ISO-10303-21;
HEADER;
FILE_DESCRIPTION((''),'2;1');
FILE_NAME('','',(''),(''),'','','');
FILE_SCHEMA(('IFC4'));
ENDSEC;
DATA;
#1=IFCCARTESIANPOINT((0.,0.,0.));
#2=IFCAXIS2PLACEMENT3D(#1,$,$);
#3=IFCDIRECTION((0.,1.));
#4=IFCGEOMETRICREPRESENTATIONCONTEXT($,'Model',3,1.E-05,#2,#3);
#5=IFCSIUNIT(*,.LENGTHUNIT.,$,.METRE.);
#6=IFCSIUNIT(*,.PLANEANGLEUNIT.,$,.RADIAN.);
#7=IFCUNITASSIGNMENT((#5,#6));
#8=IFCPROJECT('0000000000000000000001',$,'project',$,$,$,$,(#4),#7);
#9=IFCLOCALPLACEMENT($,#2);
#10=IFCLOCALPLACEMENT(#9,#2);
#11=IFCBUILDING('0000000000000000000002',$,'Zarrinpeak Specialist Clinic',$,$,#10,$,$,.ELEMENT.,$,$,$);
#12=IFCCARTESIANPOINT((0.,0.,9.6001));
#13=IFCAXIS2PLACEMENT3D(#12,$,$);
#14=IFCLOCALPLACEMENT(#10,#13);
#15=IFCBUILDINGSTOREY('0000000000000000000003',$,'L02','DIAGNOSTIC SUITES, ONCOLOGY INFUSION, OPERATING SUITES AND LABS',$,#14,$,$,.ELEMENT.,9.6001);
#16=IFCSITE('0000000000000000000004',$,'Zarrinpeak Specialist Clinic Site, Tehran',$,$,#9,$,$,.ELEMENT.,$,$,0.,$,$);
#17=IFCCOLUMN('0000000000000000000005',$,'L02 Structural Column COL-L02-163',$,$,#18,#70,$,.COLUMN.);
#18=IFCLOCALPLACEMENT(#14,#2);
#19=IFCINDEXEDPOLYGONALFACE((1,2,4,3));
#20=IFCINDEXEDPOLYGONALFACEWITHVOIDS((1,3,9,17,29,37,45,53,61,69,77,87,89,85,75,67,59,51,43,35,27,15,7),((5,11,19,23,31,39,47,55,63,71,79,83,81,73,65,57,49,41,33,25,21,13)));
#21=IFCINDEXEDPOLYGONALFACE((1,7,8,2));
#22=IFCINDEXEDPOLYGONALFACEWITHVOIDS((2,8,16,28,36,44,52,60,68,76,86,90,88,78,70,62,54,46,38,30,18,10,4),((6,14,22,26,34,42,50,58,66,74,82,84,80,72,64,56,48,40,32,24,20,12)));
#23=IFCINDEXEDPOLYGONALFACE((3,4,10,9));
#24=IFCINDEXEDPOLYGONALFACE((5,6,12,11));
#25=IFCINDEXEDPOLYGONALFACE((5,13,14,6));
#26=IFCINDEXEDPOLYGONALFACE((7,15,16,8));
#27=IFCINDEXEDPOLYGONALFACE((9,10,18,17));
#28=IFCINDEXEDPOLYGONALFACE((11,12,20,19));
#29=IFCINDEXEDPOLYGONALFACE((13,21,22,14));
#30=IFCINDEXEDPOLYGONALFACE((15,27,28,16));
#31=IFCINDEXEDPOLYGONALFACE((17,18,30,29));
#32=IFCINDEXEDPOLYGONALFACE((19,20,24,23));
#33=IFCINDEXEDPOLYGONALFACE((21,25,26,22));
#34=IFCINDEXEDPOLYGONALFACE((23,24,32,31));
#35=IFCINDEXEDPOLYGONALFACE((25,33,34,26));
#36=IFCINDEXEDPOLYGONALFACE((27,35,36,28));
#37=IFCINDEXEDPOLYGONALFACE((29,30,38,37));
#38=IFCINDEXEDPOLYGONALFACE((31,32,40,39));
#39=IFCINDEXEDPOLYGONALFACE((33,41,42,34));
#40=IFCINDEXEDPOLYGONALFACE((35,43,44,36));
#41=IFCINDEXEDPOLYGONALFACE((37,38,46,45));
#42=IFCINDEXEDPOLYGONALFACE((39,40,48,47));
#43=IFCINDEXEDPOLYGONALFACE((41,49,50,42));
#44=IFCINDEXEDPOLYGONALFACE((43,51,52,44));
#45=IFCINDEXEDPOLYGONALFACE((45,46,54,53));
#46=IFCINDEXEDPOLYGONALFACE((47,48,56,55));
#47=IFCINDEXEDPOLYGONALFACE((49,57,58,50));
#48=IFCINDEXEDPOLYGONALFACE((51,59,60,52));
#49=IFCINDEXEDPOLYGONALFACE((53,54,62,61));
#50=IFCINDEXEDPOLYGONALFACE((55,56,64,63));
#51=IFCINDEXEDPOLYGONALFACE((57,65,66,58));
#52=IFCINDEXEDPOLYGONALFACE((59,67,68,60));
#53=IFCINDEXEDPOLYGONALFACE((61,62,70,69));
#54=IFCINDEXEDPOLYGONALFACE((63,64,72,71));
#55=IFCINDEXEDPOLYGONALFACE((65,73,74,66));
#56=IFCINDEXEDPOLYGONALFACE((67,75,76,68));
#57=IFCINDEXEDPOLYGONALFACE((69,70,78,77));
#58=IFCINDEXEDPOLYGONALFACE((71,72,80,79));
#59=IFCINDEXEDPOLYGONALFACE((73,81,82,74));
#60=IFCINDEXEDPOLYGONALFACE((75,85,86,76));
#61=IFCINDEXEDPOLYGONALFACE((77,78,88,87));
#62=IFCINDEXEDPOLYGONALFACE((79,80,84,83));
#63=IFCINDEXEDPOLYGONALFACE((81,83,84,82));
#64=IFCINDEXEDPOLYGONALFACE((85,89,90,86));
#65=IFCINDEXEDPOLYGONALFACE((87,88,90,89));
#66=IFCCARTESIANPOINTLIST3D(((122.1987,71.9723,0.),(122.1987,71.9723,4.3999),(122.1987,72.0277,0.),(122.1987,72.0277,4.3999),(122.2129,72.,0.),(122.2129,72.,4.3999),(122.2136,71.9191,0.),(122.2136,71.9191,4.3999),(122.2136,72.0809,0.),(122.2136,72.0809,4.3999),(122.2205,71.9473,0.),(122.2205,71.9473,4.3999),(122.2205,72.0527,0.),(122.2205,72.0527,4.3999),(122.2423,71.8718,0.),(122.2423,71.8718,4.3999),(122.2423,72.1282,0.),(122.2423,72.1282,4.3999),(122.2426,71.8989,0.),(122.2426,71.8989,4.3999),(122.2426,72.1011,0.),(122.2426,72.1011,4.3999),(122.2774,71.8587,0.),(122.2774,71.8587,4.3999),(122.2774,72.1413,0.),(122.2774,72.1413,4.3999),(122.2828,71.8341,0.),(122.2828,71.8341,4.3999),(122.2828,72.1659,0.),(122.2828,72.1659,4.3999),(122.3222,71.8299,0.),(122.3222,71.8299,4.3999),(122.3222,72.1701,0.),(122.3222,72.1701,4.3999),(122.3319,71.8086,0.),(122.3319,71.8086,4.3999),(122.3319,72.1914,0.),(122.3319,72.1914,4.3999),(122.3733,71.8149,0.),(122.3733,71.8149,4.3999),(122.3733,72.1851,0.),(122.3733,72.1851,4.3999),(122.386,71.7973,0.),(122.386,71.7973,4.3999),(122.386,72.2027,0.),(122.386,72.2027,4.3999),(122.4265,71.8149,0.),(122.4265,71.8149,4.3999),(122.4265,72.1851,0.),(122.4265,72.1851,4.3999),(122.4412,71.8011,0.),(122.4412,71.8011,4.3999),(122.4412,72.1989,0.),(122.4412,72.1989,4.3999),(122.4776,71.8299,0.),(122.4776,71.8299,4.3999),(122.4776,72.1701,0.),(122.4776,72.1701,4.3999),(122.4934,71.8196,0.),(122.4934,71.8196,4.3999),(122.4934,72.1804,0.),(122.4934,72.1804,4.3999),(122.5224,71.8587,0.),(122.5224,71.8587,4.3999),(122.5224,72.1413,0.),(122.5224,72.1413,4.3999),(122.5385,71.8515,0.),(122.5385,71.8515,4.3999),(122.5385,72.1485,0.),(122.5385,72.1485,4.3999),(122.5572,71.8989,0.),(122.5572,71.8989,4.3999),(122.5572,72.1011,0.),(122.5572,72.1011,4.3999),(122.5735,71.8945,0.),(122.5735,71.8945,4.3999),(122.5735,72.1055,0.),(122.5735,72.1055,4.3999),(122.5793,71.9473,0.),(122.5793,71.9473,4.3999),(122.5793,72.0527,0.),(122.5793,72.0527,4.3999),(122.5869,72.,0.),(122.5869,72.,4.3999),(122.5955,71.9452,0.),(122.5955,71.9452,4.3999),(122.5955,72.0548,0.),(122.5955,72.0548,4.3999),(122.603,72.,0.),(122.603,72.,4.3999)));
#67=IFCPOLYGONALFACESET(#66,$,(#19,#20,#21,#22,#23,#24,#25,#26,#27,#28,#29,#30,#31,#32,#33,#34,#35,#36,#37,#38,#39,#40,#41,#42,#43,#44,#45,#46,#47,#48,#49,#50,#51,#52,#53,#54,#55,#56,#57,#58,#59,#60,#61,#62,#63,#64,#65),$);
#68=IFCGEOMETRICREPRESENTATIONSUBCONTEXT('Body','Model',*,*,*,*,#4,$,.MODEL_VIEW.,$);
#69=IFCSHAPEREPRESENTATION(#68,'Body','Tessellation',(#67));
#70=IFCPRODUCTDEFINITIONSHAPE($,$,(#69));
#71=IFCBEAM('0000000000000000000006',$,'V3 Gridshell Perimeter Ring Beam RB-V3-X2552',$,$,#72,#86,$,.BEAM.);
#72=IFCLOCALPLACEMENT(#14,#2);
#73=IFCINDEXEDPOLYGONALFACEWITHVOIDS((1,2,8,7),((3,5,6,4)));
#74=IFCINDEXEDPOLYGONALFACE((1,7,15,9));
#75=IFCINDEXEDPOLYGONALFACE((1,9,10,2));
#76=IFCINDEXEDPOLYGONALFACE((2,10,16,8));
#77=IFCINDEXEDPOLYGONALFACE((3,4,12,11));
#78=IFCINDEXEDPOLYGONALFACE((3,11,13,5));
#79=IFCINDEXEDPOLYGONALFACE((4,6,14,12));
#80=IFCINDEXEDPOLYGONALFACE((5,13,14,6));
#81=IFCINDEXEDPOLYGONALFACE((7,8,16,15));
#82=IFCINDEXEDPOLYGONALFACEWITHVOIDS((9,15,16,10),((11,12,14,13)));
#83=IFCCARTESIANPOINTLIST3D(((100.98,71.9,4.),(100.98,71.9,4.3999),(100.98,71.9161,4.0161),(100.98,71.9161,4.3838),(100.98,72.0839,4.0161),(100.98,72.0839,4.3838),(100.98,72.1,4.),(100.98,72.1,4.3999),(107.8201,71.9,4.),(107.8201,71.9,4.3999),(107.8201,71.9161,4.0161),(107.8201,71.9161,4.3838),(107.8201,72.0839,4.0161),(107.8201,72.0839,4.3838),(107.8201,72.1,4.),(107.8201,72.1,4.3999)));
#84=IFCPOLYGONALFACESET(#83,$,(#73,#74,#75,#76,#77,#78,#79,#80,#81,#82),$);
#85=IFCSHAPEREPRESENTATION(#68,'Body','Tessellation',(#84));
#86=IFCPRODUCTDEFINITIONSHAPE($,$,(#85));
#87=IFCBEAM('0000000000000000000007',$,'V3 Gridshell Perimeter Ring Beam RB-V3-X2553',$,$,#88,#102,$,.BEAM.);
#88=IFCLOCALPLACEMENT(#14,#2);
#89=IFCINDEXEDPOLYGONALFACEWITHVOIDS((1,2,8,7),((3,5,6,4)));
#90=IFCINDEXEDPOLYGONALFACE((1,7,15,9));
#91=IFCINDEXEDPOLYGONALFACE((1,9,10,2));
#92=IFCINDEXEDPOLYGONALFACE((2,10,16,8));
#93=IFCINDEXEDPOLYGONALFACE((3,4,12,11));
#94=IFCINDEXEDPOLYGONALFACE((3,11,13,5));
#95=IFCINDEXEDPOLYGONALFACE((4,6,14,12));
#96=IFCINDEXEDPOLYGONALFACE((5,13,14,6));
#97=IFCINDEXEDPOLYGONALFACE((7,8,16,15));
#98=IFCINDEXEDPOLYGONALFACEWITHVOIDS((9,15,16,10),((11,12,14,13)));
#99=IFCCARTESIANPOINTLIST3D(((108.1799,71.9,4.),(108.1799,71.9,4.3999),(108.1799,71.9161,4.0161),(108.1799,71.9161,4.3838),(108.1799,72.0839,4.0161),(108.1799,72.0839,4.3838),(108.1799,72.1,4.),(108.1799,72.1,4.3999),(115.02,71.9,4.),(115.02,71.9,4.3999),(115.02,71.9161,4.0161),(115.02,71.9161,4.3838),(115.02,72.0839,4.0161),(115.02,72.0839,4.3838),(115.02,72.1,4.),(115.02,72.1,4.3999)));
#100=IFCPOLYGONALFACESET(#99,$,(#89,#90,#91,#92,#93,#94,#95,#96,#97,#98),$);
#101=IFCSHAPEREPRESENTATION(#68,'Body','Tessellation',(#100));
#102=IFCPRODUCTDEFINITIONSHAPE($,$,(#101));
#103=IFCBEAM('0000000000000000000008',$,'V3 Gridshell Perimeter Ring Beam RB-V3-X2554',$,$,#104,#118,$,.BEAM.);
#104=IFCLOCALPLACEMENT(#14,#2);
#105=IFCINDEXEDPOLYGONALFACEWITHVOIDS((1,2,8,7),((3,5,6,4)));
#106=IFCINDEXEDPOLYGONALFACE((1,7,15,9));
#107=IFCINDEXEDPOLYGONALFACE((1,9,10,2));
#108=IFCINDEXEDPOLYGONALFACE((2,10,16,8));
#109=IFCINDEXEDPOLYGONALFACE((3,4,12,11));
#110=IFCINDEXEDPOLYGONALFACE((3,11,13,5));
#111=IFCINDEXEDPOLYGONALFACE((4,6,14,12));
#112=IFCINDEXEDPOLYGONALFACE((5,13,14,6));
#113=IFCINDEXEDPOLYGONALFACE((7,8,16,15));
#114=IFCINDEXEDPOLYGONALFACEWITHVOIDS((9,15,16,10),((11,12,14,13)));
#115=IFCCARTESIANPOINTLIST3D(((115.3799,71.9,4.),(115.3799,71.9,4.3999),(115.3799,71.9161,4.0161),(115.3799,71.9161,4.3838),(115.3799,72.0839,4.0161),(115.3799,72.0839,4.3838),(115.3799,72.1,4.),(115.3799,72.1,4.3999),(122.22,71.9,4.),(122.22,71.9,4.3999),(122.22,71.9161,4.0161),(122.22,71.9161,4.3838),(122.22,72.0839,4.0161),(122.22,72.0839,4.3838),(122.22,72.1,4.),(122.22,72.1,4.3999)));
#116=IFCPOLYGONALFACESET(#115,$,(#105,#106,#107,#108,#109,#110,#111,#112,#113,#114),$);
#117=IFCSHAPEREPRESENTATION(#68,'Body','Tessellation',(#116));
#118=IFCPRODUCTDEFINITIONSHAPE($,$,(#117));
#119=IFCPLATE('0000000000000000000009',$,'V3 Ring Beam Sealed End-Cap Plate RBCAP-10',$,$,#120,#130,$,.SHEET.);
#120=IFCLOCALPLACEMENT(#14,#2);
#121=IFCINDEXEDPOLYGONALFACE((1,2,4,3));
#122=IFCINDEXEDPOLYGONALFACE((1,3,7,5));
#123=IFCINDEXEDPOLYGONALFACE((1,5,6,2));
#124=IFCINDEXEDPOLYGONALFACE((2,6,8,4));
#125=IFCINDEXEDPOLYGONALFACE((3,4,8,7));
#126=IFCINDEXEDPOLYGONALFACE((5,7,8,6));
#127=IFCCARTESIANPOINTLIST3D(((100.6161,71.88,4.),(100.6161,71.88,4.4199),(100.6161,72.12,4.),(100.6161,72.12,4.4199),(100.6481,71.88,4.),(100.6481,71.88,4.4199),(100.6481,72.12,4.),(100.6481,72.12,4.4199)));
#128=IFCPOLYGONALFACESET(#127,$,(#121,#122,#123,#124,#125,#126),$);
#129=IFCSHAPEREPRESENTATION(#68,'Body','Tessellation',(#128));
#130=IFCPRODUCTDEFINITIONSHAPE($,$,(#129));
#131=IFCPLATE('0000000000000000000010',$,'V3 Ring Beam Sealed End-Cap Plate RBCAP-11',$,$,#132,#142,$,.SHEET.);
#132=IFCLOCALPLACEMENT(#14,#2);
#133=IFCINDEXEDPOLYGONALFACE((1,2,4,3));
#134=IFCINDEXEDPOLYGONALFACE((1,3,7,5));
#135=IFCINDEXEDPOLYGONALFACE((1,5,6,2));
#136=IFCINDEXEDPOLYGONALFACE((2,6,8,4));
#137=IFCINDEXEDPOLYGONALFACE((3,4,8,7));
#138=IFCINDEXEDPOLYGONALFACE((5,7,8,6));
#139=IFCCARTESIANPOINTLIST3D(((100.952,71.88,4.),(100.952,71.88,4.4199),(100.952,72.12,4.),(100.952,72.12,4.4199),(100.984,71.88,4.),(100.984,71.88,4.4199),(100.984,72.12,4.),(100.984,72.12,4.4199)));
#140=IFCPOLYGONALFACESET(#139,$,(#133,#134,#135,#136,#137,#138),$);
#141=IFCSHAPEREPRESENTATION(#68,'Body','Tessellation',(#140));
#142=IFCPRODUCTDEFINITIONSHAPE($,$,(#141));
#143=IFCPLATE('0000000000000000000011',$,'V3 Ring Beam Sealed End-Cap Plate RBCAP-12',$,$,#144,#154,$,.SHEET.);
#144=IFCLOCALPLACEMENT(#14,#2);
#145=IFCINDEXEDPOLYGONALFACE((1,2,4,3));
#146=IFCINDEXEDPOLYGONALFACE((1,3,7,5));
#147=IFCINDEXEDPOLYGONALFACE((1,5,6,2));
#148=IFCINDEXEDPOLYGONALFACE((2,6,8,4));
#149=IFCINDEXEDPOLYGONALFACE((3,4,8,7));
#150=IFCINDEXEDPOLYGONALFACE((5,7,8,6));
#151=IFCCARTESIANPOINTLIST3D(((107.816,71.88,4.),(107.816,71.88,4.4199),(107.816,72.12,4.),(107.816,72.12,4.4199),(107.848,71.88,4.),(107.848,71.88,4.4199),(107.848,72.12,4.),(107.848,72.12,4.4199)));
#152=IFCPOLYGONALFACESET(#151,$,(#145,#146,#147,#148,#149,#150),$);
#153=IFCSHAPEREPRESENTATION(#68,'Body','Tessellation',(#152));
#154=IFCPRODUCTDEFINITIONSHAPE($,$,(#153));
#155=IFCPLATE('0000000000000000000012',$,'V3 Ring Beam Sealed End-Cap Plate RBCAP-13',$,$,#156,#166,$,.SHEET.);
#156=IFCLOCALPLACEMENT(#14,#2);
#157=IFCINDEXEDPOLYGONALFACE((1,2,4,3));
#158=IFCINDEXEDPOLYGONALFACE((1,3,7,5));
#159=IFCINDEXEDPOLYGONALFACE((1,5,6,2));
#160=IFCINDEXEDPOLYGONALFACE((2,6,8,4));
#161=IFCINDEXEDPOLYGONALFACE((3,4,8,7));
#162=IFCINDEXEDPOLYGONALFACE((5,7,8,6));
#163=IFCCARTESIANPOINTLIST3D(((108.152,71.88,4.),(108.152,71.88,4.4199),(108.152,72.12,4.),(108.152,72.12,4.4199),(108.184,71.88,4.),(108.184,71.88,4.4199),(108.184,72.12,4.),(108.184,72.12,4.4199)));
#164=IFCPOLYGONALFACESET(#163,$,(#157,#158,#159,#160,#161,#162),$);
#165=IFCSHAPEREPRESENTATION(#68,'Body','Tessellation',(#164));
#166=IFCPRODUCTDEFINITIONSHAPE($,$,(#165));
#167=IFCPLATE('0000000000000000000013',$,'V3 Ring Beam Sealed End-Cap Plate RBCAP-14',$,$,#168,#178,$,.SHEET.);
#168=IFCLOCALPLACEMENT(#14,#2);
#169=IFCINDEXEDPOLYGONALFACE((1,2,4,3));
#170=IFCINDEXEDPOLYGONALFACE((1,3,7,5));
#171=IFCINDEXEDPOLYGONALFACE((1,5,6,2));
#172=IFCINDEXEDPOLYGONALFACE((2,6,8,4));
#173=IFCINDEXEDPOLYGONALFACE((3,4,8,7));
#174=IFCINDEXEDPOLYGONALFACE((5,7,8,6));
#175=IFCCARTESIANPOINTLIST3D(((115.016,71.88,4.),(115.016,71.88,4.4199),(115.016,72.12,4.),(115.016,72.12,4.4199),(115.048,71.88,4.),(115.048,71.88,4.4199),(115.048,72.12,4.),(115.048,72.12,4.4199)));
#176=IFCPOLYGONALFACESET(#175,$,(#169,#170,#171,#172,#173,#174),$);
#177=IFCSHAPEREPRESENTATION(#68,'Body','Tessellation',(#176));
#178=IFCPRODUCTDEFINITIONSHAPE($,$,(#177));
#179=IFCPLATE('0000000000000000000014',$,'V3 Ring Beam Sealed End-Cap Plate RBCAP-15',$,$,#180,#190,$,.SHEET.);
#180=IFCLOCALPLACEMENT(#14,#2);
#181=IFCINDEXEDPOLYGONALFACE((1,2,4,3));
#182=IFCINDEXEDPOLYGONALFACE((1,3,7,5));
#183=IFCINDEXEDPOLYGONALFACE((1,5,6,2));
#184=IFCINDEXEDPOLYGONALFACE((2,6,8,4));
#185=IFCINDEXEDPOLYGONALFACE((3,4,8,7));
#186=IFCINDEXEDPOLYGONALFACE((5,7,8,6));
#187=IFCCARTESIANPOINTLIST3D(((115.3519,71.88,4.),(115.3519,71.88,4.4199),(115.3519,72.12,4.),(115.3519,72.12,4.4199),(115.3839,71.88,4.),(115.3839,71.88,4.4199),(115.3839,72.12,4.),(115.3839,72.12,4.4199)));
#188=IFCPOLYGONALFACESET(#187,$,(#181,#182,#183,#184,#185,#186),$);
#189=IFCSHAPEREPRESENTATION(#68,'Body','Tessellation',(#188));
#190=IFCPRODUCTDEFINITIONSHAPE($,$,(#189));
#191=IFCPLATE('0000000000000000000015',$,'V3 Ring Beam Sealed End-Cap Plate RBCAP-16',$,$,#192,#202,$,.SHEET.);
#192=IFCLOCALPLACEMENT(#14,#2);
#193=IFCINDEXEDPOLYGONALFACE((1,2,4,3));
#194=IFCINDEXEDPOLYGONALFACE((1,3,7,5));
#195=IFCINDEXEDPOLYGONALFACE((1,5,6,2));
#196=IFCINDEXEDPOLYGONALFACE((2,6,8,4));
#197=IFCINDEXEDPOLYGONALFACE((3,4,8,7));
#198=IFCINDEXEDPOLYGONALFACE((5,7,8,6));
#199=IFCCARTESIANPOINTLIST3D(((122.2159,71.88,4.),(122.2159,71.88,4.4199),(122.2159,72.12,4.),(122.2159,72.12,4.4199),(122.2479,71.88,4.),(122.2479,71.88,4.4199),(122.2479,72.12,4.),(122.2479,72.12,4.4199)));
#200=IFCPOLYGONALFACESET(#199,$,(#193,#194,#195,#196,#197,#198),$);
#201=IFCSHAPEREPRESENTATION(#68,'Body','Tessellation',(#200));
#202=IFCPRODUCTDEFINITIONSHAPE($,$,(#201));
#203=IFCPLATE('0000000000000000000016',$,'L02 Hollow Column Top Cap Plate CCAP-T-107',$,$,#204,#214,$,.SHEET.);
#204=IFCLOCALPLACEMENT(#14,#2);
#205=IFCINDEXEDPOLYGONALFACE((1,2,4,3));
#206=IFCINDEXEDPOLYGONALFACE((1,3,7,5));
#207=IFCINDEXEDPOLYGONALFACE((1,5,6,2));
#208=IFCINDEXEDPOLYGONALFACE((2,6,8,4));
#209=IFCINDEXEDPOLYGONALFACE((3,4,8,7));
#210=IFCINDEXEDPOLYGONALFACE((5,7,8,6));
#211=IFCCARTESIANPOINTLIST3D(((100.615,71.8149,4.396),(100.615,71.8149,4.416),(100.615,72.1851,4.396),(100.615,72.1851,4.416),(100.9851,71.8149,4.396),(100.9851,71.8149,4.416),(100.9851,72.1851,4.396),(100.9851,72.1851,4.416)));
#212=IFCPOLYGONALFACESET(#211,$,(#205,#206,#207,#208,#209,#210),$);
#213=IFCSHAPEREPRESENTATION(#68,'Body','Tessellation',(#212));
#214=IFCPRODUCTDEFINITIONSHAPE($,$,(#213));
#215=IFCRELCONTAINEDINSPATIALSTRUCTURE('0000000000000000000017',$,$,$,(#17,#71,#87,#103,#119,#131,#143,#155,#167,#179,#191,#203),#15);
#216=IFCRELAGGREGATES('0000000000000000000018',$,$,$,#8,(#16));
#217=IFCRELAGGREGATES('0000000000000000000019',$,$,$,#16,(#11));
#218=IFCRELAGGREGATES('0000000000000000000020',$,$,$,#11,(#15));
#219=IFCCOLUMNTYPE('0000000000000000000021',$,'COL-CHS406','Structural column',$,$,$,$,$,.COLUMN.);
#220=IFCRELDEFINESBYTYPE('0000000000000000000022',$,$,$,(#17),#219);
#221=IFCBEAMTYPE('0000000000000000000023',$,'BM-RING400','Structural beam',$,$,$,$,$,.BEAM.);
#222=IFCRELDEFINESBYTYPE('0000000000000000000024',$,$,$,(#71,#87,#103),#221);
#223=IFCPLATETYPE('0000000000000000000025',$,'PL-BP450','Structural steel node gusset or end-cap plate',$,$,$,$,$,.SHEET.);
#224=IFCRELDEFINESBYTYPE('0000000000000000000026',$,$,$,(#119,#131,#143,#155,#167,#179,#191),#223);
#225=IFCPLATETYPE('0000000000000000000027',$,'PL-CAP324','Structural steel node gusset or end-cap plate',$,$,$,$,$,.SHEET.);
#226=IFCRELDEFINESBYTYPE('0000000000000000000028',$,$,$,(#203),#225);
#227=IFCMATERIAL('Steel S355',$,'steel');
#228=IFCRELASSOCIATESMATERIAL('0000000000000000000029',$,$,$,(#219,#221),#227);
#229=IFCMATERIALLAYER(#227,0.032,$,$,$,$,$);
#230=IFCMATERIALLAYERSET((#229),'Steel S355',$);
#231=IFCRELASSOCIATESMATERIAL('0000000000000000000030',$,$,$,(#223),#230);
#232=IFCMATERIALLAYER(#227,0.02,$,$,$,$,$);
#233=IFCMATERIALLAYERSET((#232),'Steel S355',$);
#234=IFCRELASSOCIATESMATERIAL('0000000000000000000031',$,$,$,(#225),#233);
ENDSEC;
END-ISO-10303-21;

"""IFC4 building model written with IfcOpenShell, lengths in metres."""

from ifc_helpers import new_model, si_unit, direction, frame, origin, origin_2d, place, context, subcontext, project, spatial, rectangle, hollow_rectangle, hollow_circle, extrude, material, layer, layer_set, material_profile, profile_set, type_object, element, save


model = new_model("IFC4")

# Units and contexts
model_context = context("Model", 3, precision=1e-05, world=origin(), true_north=direction((0.0, 1.0)))
body_context = subcontext(model_context, "Body", "Model", "MODEL_VIEW")
ifc_project = project(units=[si_unit("LENGTHUNIT", "METRE"), si_unit("PLANEANGLEUNIT", "RADIAN")], contexts=[model_context])

# Site, building, storey
site_placement = place(None, origin())
site = spatial("IfcSite", under=ifc_project, at=site_placement, Name="Zarrinpeak Specialist Clinic Site, Tehran", CompositionType="ELEMENT", RefElevation=0.0)
building_placement = place(site_placement, origin())
building = spatial("IfcBuilding", under=site, at=building_placement, Name="Zarrinpeak Specialist Clinic", CompositionType="ELEMENT")
storey_placement = place(building_placement, frame((0.0, 0.0, 9.6001)))
storey = spatial("IfcBuildingStorey", under=building, at=storey_placement, Name="L02", Description="DIAGNOSTIC SUITES, ONCOLOGY INFUSION, OPERATING SUITES AND LABS", CompositionType="ELEMENT", Elevation=9.6001)

# Column
ifc_material = material(Name="Steel S355", Category="steel")
ifc_material_profile_1 = material_profile(ifc_material, hollow_circle(Radius=0.2031, WallThickness=0.0161, at=origin_2d()), Name="CHS 406.4x16.0")
ifc_profile_set_1 = profile_set([ifc_material_profile_1], Name="Steel S355")
column_type_1 = type_object("IfcColumnType", Name="COL-CHS406", Description="Structural column", PredefinedType="COLUMN", material=ifc_profile_set_1)
column_placement = place(storey_placement, frame((122.3999, 72.0, 0.0), z_axis=(0.0, 0.0, 1.0), x_axis=(1.0, 0.0, 0.0)))
element("IfcColumn", 1, at=column_placement, inside=storey, type_object=column_type_1, Name="L02 Structural Column COL-L02-163", PredefinedType="COLUMN", context=body_context, shape_type="SweptSolid", body=[
    extrude(hollow_circle(Radius=0.2031, WallThickness=0.0161, at=origin_2d()), origin(), (0.0, 0.0, 1.0), 4.3999),
])

# Beams
ifc_material_profile_2 = material_profile(ifc_material, hollow_rectangle(XDim=0.2, YDim=0.3999, WallThickness=0.0161, at=origin_2d()), Name="RHS 400x200x16.0")
ifc_profile_set_2 = profile_set([ifc_material_profile_2], Name="Steel S355")
beam_type = type_object("IfcBeamType", Name="BM-RING400", Description="Structural beam", PredefinedType="BEAM", material=ifc_profile_set_2)
for number, where, z_axis, x_axis, name in (
    (2, (100.98, 72.0, 4.2), (1.0, 0.0, 0.0), (0.0, 1.0, 0.0), "V3 Gridshell Perimeter Ring Beam RB-V3-X2552"),
    (3, (108.1799, 72.0, 4.2), (1.0, 0.0, 0.0), (0.0, 1.0, 0.0), "V3 Gridshell Perimeter Ring Beam RB-V3-X2553"),
    (4, (115.3799, 72.0, 4.2), (1.0, 0.0, 0.0), (0.0, 1.0, 0.0), "V3 Gridshell Perimeter Ring Beam RB-V3-X2554"),
):
    element("IfcBeam", number, at=place(storey_placement, frame(where, z_axis=z_axis, x_axis=x_axis)), inside=storey, type_object=beam_type, Name=name, PredefinedType="BEAM", context=body_context, shape_type="SweptSolid", body=[
        extrude(hollow_rectangle(XDim=0.2, YDim=0.3999, WallThickness=0.0161, at=origin_2d()), origin(), (0.0, 0.0, 1.0), 6.8401),
    ])

# Plates
ifc_layer_1 = layer(ifc_material, 0.032)
ifc_layer_set_1 = layer_set([ifc_layer_1], Name="Steel S355")
plate_type_1 = type_object("IfcPlateType", Name="PL-BP450", Description="Structural steel node gusset or end-cap plate", PredefinedType="SHEET", material=ifc_layer_set_1)
for number, where, z_axis, x_axis, name in (
    (5, (100.6321, 72.0, 4.0), (0.0, 0.0, 1.0), (1.0, 0.0, 0.0), "V3 Ring Beam Sealed End-Cap Plate RBCAP-10"),
    (6, (100.968, 72.0, 4.0), (0.0, 0.0, 1.0), (1.0, 0.0, 0.0), "V3 Ring Beam Sealed End-Cap Plate RBCAP-11"),
    (7, (107.832, 72.0, 4.0), (0.0, 0.0, 1.0), (1.0, 0.0, 0.0), "V3 Ring Beam Sealed End-Cap Plate RBCAP-12"),
    (8, (108.168, 72.0, 4.0), (0.0, 0.0, 1.0), (1.0, 0.0, 0.0), "V3 Ring Beam Sealed End-Cap Plate RBCAP-13"),
    (9, (115.032, 72.0, 4.0), (0.0, 0.0, 1.0), (1.0, 0.0, 0.0), "V3 Ring Beam Sealed End-Cap Plate RBCAP-14"),
    (10, (115.3679, 72.0, 4.0), (0.0, 0.0, 1.0), (1.0, 0.0, 0.0), "V3 Ring Beam Sealed End-Cap Plate RBCAP-15"),
    (11, (122.2319, 72.0, 4.0), (0.0, 0.0, 1.0), (1.0, 0.0, 0.0), "V3 Ring Beam Sealed End-Cap Plate RBCAP-16"),
):
    element("IfcPlate", number, at=place(storey_placement, frame(where, z_axis=z_axis, x_axis=x_axis)), inside=storey, type_object=plate_type_1, Name=name, PredefinedType="SHEET", context=body_context, shape_type="SweptSolid", body=[
        extrude(rectangle(XDim=0.032, YDim=0.24, at=origin_2d()), origin(), (0.0, 0.0, 1.0), 0.4199),
    ])
ifc_layer_2 = layer(ifc_material, 0.02)
ifc_layer_set_2 = layer_set([ifc_layer_2], Name="Steel S355")
plate_type_2 = type_object("IfcPlateType", Name="PL-CAP324", Description="Structural steel node gusset or end-cap plate", PredefinedType="SHEET", material=ifc_layer_set_2)
for number, where, z_axis, x_axis, name in (
    (12, (100.8, 72.0, 4.396), (0.0, 0.0, 1.0), (1.0, 0.0, 0.0), "L02 Hollow Column Top Cap Plate CCAP-T-107"),
):
    element("IfcPlate", number, at=place(storey_placement, frame(where, z_axis=z_axis, x_axis=x_axis)), inside=storey, type_object=plate_type_2, Name=name, PredefinedType="SHEET", context=body_context, shape_type="SweptSolid", body=[
        extrude(rectangle(XDim=0.3701, YDim=0.3701, at=origin_2d()), origin(), (0.0, 0.0, 1.0), 0.02),
    ])

save(model, "model.ifc")
